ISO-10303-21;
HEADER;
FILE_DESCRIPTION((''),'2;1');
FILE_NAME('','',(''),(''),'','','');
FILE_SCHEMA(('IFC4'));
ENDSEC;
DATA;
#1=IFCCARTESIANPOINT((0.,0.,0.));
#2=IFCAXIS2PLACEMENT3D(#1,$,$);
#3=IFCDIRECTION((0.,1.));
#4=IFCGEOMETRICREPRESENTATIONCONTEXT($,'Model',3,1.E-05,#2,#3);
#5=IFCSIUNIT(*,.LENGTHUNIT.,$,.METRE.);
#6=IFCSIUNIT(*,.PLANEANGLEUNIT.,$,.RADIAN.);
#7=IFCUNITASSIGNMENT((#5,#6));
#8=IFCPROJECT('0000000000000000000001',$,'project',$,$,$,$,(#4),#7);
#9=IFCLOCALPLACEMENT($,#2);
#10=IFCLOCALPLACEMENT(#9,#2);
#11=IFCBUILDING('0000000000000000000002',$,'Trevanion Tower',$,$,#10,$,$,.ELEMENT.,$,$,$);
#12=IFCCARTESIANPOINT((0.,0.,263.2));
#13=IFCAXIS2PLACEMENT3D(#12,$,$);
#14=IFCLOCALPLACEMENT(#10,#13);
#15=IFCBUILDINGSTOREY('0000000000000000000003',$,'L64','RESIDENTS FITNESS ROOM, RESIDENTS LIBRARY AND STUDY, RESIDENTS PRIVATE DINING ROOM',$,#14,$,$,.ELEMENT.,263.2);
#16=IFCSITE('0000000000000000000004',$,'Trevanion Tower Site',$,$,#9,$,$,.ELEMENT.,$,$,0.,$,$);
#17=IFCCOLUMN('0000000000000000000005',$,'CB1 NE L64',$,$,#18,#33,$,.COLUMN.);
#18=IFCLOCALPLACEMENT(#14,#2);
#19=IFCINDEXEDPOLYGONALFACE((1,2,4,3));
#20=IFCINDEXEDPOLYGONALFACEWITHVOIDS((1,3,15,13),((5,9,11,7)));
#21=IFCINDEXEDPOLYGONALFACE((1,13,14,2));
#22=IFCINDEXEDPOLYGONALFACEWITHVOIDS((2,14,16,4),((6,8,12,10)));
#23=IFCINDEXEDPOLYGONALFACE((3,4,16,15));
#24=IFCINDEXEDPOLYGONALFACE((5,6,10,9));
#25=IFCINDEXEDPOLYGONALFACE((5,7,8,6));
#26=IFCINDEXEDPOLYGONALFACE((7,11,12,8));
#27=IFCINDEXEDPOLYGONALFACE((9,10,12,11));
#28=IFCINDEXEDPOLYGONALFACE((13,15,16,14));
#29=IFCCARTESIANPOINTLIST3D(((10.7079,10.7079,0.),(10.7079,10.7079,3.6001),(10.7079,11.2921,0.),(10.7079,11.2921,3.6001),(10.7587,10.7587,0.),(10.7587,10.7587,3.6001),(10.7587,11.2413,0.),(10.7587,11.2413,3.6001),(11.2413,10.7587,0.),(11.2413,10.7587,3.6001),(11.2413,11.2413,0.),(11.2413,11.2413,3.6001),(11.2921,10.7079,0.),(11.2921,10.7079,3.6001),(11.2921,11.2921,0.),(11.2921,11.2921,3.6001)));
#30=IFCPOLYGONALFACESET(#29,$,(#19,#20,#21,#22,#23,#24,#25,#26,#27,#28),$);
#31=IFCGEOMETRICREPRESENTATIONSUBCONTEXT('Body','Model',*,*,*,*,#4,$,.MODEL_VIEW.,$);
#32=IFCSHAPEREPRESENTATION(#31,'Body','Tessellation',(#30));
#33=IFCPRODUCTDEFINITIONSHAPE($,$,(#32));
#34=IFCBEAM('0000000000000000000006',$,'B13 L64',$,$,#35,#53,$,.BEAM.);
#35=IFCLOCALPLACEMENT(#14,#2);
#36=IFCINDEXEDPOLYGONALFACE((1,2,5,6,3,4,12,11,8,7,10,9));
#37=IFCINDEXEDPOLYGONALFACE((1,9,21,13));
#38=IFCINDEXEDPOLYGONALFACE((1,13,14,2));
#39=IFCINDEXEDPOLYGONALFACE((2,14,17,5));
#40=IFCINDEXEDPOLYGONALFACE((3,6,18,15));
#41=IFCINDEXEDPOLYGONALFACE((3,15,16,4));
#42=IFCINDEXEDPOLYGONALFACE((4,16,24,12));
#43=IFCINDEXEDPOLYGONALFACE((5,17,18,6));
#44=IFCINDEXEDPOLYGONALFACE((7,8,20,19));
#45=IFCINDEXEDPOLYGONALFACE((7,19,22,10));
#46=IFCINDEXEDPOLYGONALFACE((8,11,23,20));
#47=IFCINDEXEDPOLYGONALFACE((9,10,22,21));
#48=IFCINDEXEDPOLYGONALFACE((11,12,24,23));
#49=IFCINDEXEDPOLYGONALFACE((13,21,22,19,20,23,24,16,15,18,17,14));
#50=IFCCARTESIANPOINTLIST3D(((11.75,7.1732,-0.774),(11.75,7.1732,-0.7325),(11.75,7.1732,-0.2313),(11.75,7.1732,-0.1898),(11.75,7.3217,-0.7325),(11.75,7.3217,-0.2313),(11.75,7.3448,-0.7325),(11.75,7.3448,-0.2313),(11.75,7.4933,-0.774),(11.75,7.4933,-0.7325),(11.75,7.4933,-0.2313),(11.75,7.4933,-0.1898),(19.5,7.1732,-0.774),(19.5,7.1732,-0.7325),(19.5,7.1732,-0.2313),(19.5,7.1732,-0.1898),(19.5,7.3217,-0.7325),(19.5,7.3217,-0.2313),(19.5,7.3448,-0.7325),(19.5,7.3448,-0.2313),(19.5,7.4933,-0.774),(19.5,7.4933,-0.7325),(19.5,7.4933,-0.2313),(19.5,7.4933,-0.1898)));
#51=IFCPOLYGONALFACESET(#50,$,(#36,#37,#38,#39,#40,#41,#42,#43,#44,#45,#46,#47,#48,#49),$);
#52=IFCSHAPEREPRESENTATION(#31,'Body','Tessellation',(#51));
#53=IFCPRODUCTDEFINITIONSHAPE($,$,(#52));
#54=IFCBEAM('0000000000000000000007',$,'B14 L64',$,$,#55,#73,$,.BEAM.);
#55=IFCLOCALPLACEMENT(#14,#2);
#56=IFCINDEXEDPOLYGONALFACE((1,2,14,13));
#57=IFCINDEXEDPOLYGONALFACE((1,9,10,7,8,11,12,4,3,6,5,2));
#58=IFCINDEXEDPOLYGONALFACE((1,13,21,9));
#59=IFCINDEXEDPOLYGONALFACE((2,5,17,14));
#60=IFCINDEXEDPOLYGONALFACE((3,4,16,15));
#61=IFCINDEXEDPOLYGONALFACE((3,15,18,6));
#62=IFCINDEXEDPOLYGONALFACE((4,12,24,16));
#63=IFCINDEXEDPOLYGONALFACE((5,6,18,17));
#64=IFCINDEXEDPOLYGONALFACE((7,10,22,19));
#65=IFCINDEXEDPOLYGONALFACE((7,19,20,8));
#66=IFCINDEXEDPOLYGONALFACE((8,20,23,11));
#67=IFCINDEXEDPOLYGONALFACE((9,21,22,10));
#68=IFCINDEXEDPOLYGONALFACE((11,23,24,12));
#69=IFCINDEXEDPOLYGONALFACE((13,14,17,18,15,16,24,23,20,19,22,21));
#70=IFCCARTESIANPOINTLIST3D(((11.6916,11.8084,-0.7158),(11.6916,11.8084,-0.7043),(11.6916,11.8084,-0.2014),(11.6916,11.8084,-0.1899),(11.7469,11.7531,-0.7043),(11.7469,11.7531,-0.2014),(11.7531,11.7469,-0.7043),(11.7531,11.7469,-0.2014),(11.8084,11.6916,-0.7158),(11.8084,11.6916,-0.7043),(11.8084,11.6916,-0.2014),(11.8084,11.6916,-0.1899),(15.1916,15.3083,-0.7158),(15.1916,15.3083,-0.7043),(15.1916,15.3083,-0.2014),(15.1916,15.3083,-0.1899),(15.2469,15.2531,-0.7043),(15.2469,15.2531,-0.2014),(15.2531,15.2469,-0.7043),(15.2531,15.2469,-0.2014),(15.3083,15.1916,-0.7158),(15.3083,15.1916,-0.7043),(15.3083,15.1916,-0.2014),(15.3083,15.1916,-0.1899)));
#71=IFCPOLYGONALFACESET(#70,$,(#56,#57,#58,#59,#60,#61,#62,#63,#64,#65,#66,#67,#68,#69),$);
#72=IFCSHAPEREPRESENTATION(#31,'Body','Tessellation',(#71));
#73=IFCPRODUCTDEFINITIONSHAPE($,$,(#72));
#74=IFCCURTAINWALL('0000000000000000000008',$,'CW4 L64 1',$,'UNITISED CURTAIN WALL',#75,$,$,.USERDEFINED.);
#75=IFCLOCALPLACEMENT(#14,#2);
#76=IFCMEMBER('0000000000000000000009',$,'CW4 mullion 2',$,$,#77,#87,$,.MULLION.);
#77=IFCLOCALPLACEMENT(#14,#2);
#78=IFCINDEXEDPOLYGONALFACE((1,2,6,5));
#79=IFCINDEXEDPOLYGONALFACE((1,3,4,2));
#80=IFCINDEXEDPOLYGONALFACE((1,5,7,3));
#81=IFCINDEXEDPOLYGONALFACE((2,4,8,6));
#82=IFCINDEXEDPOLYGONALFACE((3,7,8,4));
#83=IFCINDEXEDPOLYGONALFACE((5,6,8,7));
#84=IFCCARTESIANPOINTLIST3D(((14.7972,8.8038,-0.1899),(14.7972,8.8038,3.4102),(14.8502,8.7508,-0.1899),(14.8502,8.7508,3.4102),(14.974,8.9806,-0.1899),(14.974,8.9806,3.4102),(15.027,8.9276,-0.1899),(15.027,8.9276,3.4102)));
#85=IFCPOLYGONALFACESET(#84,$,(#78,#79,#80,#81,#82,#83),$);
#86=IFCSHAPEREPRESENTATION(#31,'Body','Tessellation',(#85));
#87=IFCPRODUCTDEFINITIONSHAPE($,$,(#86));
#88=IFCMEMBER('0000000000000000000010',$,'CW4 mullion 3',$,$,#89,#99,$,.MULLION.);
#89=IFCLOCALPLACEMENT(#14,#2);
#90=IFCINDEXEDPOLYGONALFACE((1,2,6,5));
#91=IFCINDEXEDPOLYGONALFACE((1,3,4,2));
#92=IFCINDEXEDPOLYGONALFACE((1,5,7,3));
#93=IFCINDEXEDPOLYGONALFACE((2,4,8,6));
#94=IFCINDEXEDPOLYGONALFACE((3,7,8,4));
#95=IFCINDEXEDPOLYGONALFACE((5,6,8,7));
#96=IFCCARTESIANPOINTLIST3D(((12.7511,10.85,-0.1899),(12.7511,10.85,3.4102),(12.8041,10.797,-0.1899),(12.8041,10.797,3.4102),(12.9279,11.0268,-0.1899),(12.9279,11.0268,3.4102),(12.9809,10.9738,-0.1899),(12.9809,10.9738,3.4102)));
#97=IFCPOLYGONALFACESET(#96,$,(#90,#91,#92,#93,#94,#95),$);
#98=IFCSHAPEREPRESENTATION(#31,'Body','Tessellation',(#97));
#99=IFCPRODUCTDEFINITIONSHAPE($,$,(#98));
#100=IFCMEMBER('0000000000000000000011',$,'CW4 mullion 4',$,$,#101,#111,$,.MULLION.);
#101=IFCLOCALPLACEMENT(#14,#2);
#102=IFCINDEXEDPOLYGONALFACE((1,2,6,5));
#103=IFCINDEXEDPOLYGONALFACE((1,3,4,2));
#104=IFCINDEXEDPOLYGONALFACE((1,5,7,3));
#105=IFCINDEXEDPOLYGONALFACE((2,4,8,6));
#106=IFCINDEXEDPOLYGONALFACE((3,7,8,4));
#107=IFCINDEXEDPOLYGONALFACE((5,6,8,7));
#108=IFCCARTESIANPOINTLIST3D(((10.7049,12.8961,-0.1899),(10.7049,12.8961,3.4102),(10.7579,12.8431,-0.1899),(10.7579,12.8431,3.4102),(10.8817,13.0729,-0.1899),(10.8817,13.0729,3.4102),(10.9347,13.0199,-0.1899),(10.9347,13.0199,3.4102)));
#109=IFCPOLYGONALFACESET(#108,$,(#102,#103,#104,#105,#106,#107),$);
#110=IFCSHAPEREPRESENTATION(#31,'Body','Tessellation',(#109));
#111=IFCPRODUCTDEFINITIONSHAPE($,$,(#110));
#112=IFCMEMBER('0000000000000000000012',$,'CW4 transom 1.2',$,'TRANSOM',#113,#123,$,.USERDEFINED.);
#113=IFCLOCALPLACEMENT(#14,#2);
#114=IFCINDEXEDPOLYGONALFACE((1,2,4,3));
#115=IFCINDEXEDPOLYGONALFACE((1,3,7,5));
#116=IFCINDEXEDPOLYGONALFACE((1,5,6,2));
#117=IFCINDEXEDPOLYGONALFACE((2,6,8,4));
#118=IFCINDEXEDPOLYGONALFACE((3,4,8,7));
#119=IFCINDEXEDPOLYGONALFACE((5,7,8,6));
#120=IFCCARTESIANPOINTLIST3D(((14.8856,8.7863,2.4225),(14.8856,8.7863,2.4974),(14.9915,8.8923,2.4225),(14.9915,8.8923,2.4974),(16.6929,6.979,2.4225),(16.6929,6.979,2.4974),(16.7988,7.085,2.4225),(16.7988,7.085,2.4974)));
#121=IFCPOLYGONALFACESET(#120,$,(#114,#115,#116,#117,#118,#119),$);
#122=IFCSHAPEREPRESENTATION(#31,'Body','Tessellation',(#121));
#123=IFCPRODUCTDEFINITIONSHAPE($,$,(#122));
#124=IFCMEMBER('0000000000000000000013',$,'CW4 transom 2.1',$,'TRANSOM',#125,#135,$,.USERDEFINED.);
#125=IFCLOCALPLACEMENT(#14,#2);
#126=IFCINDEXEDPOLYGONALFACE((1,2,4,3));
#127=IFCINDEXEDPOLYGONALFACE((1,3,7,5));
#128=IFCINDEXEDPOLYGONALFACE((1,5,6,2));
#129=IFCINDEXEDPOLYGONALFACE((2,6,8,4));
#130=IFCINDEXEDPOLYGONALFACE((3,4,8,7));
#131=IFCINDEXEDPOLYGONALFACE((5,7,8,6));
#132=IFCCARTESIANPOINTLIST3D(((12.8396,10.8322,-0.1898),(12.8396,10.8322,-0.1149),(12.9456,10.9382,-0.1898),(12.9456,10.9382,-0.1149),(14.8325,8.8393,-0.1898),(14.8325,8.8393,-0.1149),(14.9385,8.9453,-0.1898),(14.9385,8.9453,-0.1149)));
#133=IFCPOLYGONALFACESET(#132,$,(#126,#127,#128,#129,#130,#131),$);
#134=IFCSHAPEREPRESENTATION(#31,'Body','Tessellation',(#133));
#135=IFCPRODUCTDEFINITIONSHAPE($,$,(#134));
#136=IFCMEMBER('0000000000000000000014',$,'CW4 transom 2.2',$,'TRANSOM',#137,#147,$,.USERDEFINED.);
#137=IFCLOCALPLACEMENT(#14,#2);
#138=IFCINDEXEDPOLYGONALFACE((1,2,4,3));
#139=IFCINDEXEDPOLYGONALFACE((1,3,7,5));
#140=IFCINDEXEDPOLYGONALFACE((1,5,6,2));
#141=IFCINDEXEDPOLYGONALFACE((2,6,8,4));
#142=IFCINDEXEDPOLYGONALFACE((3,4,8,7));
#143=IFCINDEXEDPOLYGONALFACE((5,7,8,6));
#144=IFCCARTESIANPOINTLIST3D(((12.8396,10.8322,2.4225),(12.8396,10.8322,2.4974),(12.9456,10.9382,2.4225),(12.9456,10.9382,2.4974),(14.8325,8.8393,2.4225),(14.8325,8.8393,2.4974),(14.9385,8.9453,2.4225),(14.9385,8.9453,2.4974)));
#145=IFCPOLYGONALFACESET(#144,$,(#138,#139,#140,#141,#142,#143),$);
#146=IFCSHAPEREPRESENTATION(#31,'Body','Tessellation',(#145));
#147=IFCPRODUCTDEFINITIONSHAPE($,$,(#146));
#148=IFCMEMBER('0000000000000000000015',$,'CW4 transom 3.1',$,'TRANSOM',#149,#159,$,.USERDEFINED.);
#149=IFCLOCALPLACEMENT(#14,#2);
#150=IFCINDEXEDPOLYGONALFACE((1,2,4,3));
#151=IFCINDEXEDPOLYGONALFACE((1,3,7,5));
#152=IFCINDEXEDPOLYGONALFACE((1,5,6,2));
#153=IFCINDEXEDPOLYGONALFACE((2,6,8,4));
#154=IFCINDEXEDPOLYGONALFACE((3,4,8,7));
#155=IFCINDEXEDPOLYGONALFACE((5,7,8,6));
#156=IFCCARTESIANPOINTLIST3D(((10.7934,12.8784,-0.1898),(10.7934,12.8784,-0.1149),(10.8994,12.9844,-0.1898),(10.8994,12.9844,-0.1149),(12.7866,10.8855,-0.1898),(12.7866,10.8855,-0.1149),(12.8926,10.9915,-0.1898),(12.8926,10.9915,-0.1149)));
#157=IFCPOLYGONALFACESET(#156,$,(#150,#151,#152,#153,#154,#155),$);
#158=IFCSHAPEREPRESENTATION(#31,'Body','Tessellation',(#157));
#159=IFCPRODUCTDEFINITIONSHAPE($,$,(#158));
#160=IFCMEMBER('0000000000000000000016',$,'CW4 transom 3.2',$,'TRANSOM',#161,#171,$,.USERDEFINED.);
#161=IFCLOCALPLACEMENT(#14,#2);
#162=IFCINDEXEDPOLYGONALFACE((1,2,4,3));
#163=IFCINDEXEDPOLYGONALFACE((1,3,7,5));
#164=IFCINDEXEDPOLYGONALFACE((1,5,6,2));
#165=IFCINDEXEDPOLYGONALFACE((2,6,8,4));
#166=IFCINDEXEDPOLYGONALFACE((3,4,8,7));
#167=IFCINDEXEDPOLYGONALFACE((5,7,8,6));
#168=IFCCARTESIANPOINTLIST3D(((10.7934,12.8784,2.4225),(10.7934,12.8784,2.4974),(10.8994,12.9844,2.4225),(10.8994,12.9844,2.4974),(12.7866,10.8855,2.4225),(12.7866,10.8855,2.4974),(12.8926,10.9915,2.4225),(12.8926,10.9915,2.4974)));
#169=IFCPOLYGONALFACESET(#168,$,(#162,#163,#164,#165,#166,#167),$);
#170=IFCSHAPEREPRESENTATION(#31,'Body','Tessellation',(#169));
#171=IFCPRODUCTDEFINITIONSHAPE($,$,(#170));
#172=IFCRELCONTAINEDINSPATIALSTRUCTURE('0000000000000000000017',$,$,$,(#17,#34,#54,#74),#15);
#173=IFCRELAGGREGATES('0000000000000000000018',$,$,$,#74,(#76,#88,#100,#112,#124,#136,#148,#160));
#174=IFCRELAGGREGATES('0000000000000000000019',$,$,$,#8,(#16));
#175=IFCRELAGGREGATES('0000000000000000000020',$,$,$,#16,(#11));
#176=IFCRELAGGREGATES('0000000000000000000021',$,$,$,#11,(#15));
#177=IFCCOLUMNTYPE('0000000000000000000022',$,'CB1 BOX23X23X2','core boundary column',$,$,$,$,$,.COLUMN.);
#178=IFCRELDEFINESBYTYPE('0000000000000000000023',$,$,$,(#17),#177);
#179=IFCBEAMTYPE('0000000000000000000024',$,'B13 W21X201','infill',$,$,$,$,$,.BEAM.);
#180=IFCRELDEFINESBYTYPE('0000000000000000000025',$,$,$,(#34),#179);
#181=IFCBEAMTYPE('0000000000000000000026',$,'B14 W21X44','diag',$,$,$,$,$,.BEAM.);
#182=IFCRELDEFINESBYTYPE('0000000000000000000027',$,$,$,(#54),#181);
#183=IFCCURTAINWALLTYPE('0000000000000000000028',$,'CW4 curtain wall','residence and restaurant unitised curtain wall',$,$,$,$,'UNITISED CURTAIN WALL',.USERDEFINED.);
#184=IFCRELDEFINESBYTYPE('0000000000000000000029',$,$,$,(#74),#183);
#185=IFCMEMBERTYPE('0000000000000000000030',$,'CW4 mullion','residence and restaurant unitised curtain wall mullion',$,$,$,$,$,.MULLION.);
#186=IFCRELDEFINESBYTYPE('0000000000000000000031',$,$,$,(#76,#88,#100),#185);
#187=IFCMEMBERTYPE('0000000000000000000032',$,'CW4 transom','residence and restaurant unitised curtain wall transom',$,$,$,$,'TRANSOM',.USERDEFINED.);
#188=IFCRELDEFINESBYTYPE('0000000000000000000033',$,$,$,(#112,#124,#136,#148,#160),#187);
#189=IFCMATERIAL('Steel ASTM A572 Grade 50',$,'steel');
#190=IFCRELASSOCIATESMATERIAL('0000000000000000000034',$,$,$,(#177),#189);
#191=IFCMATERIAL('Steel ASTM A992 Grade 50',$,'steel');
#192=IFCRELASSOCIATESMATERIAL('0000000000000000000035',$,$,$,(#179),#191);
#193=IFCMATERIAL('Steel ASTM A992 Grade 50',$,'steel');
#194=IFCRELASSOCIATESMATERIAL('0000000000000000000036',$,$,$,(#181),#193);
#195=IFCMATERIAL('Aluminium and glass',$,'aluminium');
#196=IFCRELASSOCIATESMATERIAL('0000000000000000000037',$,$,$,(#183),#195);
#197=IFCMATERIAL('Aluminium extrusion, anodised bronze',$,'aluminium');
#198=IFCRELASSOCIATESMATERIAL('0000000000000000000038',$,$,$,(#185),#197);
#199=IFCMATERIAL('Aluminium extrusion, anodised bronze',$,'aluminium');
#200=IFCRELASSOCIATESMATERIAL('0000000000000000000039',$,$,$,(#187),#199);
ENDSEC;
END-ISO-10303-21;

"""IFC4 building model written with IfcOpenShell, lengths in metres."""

from ifc_helpers import new_model, si_unit, direction, frame, origin, origin_2d, place, context, subcontext, project, spatial, rectangle, hollow_rectangle, i_section, extrude, material, material_profile, profile_set, type_object, element, aggregate, save


model = new_model("IFC4")

# Units and contexts
model_context = context("Model", 3, precision=1e-05, world=origin(), true_north=direction((0.0, 1.0)))
body_context = subcontext(model_context, "Body", "Model", "MODEL_VIEW")
ifc_project = project(units=[si_unit("LENGTHUNIT", "METRE"), si_unit("PLANEANGLEUNIT", "RADIAN")], contexts=[model_context])

# Site, building, storey
site_placement = place(None, origin())
site = spatial("IfcSite", under=ifc_project, at=site_placement, Name="Trevanion Tower Site", CompositionType="ELEMENT", RefElevation=0.0)
building_placement = place(site_placement, origin())
building = spatial("IfcBuilding", under=site, at=building_placement, Name="Trevanion Tower", CompositionType="ELEMENT")
storey_placement = place(building_placement, frame((0.0, 0.0, 263.2)))
storey = spatial("IfcBuildingStorey", under=building, at=storey_placement, Name="L64", Description="RESIDENTS FITNESS ROOM, RESIDENTS LIBRARY AND STUDY, RESIDENTS PRIVATE DINING ROOM", CompositionType="ELEMENT", Elevation=263.2)

# Column
ifc_material_1 = material(Name="Steel ASTM A572 Grade 50", Category="steel")
ifc_material_profile_1 = material_profile(ifc_material_1, hollow_rectangle(XDim=0.5842, YDim=0.5842, WallThickness=0.0508, at=origin_2d()), Name="BOX23X23X2")
ifc_profile_set_1 = profile_set([ifc_material_profile_1], Name="Steel ASTM A572 Grade 50")
column_type = type_object("IfcColumnType", Name="CB1 BOX23X23X2", Description="core boundary column", PredefinedType="COLUMN", material=ifc_profile_set_1)
column_placement = place(storey_placement, frame((11.0, 11.0, 0.0), z_axis=(0.0, 0.0, 1.0), x_axis=(1.0, 0.0, 0.0)))
element("IfcColumn", 1, at=column_placement, inside=storey, type_object=column_type, Name="CB1 NE L64", PredefinedType="COLUMN", context=body_context, shape_type="SweptSolid", body=[
    extrude(hollow_rectangle(XDim=0.5842, YDim=0.5842, WallThickness=0.0508, at=origin_2d()), origin(), (0.0, 0.0, 1.0), 3.6001),
])

# Beams
ifc_material_2 = material(Name="Steel ASTM A992 Grade 50", Category="steel")
ifc_material_profile_2 = material_profile(ifc_material_2, i_section(OverallWidth=0.3201, OverallDepth=0.5842, WebThickness=0.0232, FlangeThickness=0.0415, at=origin_2d()), Name="W21X201")
ifc_profile_set_2 = profile_set([ifc_material_profile_2], Name="Steel ASTM A992 Grade 50")
beam_type_1 = type_object("IfcBeamType", Name="B13 W21X201", Description="infill", PredefinedType="BEAM", material=ifc_profile_set_2)
beam_1_placement = place(storey_placement, frame((11.75, 7.3333, -0.4819), z_axis=(1.0, 0.0, 0.0), x_axis=(0.0, 1.0, 0.0)))
element("IfcBeam", 2, at=beam_1_placement, inside=storey, type_object=beam_type_1, Name="B13 L64", PredefinedType="BEAM", context=body_context, shape_type="SweptSolid", body=[
    extrude(i_section(OverallWidth=0.3201, OverallDepth=0.5842, WebThickness=0.0232, FlangeThickness=0.0415, at=origin_2d()), origin(), (0.0, 0.0, 1.0), 7.75),
])
ifc_material_3 = material(Name="Steel ASTM A992 Grade 50", Category="steel")
ifc_material_profile_3 = material_profile(ifc_material_3, i_section(OverallWidth=0.165, OverallDepth=0.5259, WebThickness=0.0088, FlangeThickness=0.0115, at=origin_2d()), Name="W21X44")
ifc_profile_set_3 = profile_set([ifc_material_profile_3], Name="Steel ASTM A992 Grade 50")
beam_type_2 = type_object("IfcBeamType", Name="B14 W21X44", Description="diag", PredefinedType="BEAM", material=ifc_profile_set_3)
beam_2_placement = place(storey_placement, frame((11.75, 11.75, -0.4529), z_axis=(0.707107, 0.707107, 0.0), x_axis=(-0.707107, 0.707107, 0.0)))
element("IfcBeam", 3, at=beam_2_placement, inside=storey, type_object=beam_type_2, Name="B14 L64", PredefinedType="BEAM", context=body_context, shape_type="SweptSolid", body=[
    extrude(i_section(OverallWidth=0.165, OverallDepth=0.5259, WebThickness=0.0088, FlangeThickness=0.0115, at=origin_2d()), origin(), (0.0, 0.0, 1.0), 4.9497),
])

# Curtain wall, members
ifc_material_4 = material(Name="Aluminium and glass", Category="aluminium")
curtain_wall_type = type_object("IfcCurtainWallType", Name="CW4 curtain wall", Description="residence and restaurant unitised curtain wall", ElementType="UNITISED CURTAIN WALL", PredefinedType="USERDEFINED", material=ifc_material_4)
curtain_wall_placement = place(storey_placement, origin())
curtain_wall = element("IfcCurtainWall", 4, at=curtain_wall_placement, inside=storey, type_object=curtain_wall_type, Name="CW4 L64 1", ObjectType="UNITISED CURTAIN WALL", PredefinedType="USERDEFINED")
ifc_material_5 = material(Name="Aluminium extrusion, anodised bronze", Category="aluminium")
ifc_material_profile_4 = material_profile(ifc_material_5, rectangle(XDim=0.075, YDim=0.25, at=origin_2d()), Name="CW4 mullion")
ifc_profile_set_4 = profile_set([ifc_material_profile_4], Name="Aluminium extrusion, anodised bronze")
member_type_1 = type_object("IfcMemberType", Name="CW4 mullion", Description="residence and restaurant unitised curtain wall mullion", PredefinedType="MULLION", material=ifc_profile_set_4)
member_1_placement = place(storey_placement, frame((14.9121, 8.8657, -0.1899), z_axis=(0.0, 0.0, 1.0), x_axis=(-0.707107, 0.707107, 0.0)))
member_1 = element("IfcMember", 5, at=member_1_placement, type_object=member_type_1, Name="CW4 mullion 2", PredefinedType="MULLION", context=body_context, shape_type="SweptSolid", body=[
    extrude(rectangle(XDim=0.075, YDim=0.25, at=origin_2d()), origin(), (0.0, 0.0, 1.0), 3.6001),
])
member_2_placement = place(storey_placement, frame((12.866, 10.9119, -0.1899), z_axis=(0.0, 0.0, 1.0), x_axis=(-0.707107, 0.707107, 0.0)))
member_2 = element("IfcMember", 6, at=member_2_placement, type_object=member_type_1, Name="CW4 mullion 3", PredefinedType="MULLION", context=body_context, shape_type="SweptSolid", body=[
    extrude(rectangle(XDim=0.075, YDim=0.25, at=origin_2d()), origin(), (0.0, 0.0, 1.0), 3.6001),
])
member_3_placement = place(storey_placement, frame((10.8198, 12.958, -0.1899), z_axis=(0.0, 0.0, 1.0), x_axis=(-0.707107, 0.707107, 0.0)))
member_3 = element("IfcMember", 7, at=member_3_placement, type_object=member_type_1, Name="CW4 mullion 4", PredefinedType="MULLION", context=body_context, shape_type="SweptSolid", body=[
    extrude(rectangle(XDim=0.075, YDim=0.25, at=origin_2d()), origin(), (0.0, 0.0, 1.0), 3.6001),
])
ifc_material_6 = material(Name="Aluminium extrusion, anodised bronze", Category="aluminium")
ifc_material_profile_5 = material_profile(ifc_material_6, rectangle(XDim=0.1499, YDim=0.075, at=origin_2d()), Name="CW4 transom")
ifc_profile_set_5 = profile_set([ifc_material_profile_5], Name="Aluminium extrusion, anodised bronze")
member_type_2 = type_object("IfcMemberType", Name="CW4 transom", Description="residence and restaurant unitised curtain wall transom", ElementType="TRANSOM", PredefinedType="USERDEFINED", material=ifc_profile_set_5)
member_4_placement = place(storey_placement, frame((16.7458, 7.032, 2.46), z_axis=(-0.707107, 0.707107, 0.0), x_axis=(-0.707107, -0.707107, 0.0)))
member_4 = element("IfcMember", 8, at=member_4_placement, type_object=member_type_2, Name="CW4 transom 1.2", ObjectType="TRANSOM", PredefinedType="USERDEFINED", context=body_context, shape_type="SweptSolid", body=[
    extrude(rectangle(XDim=0.1499, YDim=0.075, at=origin_2d()), origin(), (0.0, 0.0, 1.0), 2.5559),
])
member_5_placement = place(storey_placement, frame((14.8855, 8.8923, -0.1523), z_axis=(-0.707107, 0.707107, 0.0), x_axis=(-0.707107, -0.707107, 0.0)))
member_5 = element("IfcMember", 9, at=member_5_placement, type_object=member_type_2, Name="CW4 transom 2.1", ObjectType="TRANSOM", PredefinedType="USERDEFINED", context=body_context, shape_type="SweptSolid", body=[
    extrude(rectangle(XDim=0.1499, YDim=0.075, at=origin_2d()), origin(), (0.0, 0.0, 1.0), 2.8184),
])
member_6_placement = place(storey_placement, frame((14.8855, 8.8923, 2.46), z_axis=(-0.707107, 0.707107, 0.0), x_axis=(-0.707107, -0.707107, 0.0)))
member_6 = element("IfcMember", 10, at=member_6_placement, type_object=member_type_2, Name="CW4 transom 2.2", ObjectType="TRANSOM", PredefinedType="USERDEFINED", context=body_context, shape_type="SweptSolid", body=[
    extrude(rectangle(XDim=0.1499, YDim=0.075, at=origin_2d()), origin(), (0.0, 0.0, 1.0), 2.8184),
])
member_7_placement = place(storey_placement, frame((12.8396, 10.9385, -0.1523), z_axis=(-0.70715, 0.707063, 0.0), x_axis=(-0.707063, -0.70715, 0.0)))
member_7 = element("IfcMember", 11, at=member_7_placement, type_object=member_type_2, Name="CW4 transom 3.1", ObjectType="TRANSOM", PredefinedType="USERDEFINED", context=body_context, shape_type="SweptSolid", body=[
    extrude(rectangle(XDim=0.1499, YDim=0.075, at=origin_2d()), origin(), (0.0, 0.0, 1.0), 2.8186),
])
member_8_placement = place(storey_placement, frame((12.8396, 10.9385, 2.46), z_axis=(-0.70715, 0.707063, 0.0), x_axis=(-0.707063, -0.70715, 0.0)))
member_8 = element("IfcMember", 12, at=member_8_placement, type_object=member_type_2, Name="CW4 transom 3.2", ObjectType="TRANSOM", PredefinedType="USERDEFINED", context=body_context, shape_type="SweptSolid", body=[
    extrude(rectangle(XDim=0.1499, YDim=0.075, at=origin_2d()), origin(), (0.0, 0.0, 1.0), 2.8186),
])

aggregate(curtain_wall, [member_1, member_2, member_3, member_4, member_5, member_6, member_7, member_8])

save(model, "model.ifc")
